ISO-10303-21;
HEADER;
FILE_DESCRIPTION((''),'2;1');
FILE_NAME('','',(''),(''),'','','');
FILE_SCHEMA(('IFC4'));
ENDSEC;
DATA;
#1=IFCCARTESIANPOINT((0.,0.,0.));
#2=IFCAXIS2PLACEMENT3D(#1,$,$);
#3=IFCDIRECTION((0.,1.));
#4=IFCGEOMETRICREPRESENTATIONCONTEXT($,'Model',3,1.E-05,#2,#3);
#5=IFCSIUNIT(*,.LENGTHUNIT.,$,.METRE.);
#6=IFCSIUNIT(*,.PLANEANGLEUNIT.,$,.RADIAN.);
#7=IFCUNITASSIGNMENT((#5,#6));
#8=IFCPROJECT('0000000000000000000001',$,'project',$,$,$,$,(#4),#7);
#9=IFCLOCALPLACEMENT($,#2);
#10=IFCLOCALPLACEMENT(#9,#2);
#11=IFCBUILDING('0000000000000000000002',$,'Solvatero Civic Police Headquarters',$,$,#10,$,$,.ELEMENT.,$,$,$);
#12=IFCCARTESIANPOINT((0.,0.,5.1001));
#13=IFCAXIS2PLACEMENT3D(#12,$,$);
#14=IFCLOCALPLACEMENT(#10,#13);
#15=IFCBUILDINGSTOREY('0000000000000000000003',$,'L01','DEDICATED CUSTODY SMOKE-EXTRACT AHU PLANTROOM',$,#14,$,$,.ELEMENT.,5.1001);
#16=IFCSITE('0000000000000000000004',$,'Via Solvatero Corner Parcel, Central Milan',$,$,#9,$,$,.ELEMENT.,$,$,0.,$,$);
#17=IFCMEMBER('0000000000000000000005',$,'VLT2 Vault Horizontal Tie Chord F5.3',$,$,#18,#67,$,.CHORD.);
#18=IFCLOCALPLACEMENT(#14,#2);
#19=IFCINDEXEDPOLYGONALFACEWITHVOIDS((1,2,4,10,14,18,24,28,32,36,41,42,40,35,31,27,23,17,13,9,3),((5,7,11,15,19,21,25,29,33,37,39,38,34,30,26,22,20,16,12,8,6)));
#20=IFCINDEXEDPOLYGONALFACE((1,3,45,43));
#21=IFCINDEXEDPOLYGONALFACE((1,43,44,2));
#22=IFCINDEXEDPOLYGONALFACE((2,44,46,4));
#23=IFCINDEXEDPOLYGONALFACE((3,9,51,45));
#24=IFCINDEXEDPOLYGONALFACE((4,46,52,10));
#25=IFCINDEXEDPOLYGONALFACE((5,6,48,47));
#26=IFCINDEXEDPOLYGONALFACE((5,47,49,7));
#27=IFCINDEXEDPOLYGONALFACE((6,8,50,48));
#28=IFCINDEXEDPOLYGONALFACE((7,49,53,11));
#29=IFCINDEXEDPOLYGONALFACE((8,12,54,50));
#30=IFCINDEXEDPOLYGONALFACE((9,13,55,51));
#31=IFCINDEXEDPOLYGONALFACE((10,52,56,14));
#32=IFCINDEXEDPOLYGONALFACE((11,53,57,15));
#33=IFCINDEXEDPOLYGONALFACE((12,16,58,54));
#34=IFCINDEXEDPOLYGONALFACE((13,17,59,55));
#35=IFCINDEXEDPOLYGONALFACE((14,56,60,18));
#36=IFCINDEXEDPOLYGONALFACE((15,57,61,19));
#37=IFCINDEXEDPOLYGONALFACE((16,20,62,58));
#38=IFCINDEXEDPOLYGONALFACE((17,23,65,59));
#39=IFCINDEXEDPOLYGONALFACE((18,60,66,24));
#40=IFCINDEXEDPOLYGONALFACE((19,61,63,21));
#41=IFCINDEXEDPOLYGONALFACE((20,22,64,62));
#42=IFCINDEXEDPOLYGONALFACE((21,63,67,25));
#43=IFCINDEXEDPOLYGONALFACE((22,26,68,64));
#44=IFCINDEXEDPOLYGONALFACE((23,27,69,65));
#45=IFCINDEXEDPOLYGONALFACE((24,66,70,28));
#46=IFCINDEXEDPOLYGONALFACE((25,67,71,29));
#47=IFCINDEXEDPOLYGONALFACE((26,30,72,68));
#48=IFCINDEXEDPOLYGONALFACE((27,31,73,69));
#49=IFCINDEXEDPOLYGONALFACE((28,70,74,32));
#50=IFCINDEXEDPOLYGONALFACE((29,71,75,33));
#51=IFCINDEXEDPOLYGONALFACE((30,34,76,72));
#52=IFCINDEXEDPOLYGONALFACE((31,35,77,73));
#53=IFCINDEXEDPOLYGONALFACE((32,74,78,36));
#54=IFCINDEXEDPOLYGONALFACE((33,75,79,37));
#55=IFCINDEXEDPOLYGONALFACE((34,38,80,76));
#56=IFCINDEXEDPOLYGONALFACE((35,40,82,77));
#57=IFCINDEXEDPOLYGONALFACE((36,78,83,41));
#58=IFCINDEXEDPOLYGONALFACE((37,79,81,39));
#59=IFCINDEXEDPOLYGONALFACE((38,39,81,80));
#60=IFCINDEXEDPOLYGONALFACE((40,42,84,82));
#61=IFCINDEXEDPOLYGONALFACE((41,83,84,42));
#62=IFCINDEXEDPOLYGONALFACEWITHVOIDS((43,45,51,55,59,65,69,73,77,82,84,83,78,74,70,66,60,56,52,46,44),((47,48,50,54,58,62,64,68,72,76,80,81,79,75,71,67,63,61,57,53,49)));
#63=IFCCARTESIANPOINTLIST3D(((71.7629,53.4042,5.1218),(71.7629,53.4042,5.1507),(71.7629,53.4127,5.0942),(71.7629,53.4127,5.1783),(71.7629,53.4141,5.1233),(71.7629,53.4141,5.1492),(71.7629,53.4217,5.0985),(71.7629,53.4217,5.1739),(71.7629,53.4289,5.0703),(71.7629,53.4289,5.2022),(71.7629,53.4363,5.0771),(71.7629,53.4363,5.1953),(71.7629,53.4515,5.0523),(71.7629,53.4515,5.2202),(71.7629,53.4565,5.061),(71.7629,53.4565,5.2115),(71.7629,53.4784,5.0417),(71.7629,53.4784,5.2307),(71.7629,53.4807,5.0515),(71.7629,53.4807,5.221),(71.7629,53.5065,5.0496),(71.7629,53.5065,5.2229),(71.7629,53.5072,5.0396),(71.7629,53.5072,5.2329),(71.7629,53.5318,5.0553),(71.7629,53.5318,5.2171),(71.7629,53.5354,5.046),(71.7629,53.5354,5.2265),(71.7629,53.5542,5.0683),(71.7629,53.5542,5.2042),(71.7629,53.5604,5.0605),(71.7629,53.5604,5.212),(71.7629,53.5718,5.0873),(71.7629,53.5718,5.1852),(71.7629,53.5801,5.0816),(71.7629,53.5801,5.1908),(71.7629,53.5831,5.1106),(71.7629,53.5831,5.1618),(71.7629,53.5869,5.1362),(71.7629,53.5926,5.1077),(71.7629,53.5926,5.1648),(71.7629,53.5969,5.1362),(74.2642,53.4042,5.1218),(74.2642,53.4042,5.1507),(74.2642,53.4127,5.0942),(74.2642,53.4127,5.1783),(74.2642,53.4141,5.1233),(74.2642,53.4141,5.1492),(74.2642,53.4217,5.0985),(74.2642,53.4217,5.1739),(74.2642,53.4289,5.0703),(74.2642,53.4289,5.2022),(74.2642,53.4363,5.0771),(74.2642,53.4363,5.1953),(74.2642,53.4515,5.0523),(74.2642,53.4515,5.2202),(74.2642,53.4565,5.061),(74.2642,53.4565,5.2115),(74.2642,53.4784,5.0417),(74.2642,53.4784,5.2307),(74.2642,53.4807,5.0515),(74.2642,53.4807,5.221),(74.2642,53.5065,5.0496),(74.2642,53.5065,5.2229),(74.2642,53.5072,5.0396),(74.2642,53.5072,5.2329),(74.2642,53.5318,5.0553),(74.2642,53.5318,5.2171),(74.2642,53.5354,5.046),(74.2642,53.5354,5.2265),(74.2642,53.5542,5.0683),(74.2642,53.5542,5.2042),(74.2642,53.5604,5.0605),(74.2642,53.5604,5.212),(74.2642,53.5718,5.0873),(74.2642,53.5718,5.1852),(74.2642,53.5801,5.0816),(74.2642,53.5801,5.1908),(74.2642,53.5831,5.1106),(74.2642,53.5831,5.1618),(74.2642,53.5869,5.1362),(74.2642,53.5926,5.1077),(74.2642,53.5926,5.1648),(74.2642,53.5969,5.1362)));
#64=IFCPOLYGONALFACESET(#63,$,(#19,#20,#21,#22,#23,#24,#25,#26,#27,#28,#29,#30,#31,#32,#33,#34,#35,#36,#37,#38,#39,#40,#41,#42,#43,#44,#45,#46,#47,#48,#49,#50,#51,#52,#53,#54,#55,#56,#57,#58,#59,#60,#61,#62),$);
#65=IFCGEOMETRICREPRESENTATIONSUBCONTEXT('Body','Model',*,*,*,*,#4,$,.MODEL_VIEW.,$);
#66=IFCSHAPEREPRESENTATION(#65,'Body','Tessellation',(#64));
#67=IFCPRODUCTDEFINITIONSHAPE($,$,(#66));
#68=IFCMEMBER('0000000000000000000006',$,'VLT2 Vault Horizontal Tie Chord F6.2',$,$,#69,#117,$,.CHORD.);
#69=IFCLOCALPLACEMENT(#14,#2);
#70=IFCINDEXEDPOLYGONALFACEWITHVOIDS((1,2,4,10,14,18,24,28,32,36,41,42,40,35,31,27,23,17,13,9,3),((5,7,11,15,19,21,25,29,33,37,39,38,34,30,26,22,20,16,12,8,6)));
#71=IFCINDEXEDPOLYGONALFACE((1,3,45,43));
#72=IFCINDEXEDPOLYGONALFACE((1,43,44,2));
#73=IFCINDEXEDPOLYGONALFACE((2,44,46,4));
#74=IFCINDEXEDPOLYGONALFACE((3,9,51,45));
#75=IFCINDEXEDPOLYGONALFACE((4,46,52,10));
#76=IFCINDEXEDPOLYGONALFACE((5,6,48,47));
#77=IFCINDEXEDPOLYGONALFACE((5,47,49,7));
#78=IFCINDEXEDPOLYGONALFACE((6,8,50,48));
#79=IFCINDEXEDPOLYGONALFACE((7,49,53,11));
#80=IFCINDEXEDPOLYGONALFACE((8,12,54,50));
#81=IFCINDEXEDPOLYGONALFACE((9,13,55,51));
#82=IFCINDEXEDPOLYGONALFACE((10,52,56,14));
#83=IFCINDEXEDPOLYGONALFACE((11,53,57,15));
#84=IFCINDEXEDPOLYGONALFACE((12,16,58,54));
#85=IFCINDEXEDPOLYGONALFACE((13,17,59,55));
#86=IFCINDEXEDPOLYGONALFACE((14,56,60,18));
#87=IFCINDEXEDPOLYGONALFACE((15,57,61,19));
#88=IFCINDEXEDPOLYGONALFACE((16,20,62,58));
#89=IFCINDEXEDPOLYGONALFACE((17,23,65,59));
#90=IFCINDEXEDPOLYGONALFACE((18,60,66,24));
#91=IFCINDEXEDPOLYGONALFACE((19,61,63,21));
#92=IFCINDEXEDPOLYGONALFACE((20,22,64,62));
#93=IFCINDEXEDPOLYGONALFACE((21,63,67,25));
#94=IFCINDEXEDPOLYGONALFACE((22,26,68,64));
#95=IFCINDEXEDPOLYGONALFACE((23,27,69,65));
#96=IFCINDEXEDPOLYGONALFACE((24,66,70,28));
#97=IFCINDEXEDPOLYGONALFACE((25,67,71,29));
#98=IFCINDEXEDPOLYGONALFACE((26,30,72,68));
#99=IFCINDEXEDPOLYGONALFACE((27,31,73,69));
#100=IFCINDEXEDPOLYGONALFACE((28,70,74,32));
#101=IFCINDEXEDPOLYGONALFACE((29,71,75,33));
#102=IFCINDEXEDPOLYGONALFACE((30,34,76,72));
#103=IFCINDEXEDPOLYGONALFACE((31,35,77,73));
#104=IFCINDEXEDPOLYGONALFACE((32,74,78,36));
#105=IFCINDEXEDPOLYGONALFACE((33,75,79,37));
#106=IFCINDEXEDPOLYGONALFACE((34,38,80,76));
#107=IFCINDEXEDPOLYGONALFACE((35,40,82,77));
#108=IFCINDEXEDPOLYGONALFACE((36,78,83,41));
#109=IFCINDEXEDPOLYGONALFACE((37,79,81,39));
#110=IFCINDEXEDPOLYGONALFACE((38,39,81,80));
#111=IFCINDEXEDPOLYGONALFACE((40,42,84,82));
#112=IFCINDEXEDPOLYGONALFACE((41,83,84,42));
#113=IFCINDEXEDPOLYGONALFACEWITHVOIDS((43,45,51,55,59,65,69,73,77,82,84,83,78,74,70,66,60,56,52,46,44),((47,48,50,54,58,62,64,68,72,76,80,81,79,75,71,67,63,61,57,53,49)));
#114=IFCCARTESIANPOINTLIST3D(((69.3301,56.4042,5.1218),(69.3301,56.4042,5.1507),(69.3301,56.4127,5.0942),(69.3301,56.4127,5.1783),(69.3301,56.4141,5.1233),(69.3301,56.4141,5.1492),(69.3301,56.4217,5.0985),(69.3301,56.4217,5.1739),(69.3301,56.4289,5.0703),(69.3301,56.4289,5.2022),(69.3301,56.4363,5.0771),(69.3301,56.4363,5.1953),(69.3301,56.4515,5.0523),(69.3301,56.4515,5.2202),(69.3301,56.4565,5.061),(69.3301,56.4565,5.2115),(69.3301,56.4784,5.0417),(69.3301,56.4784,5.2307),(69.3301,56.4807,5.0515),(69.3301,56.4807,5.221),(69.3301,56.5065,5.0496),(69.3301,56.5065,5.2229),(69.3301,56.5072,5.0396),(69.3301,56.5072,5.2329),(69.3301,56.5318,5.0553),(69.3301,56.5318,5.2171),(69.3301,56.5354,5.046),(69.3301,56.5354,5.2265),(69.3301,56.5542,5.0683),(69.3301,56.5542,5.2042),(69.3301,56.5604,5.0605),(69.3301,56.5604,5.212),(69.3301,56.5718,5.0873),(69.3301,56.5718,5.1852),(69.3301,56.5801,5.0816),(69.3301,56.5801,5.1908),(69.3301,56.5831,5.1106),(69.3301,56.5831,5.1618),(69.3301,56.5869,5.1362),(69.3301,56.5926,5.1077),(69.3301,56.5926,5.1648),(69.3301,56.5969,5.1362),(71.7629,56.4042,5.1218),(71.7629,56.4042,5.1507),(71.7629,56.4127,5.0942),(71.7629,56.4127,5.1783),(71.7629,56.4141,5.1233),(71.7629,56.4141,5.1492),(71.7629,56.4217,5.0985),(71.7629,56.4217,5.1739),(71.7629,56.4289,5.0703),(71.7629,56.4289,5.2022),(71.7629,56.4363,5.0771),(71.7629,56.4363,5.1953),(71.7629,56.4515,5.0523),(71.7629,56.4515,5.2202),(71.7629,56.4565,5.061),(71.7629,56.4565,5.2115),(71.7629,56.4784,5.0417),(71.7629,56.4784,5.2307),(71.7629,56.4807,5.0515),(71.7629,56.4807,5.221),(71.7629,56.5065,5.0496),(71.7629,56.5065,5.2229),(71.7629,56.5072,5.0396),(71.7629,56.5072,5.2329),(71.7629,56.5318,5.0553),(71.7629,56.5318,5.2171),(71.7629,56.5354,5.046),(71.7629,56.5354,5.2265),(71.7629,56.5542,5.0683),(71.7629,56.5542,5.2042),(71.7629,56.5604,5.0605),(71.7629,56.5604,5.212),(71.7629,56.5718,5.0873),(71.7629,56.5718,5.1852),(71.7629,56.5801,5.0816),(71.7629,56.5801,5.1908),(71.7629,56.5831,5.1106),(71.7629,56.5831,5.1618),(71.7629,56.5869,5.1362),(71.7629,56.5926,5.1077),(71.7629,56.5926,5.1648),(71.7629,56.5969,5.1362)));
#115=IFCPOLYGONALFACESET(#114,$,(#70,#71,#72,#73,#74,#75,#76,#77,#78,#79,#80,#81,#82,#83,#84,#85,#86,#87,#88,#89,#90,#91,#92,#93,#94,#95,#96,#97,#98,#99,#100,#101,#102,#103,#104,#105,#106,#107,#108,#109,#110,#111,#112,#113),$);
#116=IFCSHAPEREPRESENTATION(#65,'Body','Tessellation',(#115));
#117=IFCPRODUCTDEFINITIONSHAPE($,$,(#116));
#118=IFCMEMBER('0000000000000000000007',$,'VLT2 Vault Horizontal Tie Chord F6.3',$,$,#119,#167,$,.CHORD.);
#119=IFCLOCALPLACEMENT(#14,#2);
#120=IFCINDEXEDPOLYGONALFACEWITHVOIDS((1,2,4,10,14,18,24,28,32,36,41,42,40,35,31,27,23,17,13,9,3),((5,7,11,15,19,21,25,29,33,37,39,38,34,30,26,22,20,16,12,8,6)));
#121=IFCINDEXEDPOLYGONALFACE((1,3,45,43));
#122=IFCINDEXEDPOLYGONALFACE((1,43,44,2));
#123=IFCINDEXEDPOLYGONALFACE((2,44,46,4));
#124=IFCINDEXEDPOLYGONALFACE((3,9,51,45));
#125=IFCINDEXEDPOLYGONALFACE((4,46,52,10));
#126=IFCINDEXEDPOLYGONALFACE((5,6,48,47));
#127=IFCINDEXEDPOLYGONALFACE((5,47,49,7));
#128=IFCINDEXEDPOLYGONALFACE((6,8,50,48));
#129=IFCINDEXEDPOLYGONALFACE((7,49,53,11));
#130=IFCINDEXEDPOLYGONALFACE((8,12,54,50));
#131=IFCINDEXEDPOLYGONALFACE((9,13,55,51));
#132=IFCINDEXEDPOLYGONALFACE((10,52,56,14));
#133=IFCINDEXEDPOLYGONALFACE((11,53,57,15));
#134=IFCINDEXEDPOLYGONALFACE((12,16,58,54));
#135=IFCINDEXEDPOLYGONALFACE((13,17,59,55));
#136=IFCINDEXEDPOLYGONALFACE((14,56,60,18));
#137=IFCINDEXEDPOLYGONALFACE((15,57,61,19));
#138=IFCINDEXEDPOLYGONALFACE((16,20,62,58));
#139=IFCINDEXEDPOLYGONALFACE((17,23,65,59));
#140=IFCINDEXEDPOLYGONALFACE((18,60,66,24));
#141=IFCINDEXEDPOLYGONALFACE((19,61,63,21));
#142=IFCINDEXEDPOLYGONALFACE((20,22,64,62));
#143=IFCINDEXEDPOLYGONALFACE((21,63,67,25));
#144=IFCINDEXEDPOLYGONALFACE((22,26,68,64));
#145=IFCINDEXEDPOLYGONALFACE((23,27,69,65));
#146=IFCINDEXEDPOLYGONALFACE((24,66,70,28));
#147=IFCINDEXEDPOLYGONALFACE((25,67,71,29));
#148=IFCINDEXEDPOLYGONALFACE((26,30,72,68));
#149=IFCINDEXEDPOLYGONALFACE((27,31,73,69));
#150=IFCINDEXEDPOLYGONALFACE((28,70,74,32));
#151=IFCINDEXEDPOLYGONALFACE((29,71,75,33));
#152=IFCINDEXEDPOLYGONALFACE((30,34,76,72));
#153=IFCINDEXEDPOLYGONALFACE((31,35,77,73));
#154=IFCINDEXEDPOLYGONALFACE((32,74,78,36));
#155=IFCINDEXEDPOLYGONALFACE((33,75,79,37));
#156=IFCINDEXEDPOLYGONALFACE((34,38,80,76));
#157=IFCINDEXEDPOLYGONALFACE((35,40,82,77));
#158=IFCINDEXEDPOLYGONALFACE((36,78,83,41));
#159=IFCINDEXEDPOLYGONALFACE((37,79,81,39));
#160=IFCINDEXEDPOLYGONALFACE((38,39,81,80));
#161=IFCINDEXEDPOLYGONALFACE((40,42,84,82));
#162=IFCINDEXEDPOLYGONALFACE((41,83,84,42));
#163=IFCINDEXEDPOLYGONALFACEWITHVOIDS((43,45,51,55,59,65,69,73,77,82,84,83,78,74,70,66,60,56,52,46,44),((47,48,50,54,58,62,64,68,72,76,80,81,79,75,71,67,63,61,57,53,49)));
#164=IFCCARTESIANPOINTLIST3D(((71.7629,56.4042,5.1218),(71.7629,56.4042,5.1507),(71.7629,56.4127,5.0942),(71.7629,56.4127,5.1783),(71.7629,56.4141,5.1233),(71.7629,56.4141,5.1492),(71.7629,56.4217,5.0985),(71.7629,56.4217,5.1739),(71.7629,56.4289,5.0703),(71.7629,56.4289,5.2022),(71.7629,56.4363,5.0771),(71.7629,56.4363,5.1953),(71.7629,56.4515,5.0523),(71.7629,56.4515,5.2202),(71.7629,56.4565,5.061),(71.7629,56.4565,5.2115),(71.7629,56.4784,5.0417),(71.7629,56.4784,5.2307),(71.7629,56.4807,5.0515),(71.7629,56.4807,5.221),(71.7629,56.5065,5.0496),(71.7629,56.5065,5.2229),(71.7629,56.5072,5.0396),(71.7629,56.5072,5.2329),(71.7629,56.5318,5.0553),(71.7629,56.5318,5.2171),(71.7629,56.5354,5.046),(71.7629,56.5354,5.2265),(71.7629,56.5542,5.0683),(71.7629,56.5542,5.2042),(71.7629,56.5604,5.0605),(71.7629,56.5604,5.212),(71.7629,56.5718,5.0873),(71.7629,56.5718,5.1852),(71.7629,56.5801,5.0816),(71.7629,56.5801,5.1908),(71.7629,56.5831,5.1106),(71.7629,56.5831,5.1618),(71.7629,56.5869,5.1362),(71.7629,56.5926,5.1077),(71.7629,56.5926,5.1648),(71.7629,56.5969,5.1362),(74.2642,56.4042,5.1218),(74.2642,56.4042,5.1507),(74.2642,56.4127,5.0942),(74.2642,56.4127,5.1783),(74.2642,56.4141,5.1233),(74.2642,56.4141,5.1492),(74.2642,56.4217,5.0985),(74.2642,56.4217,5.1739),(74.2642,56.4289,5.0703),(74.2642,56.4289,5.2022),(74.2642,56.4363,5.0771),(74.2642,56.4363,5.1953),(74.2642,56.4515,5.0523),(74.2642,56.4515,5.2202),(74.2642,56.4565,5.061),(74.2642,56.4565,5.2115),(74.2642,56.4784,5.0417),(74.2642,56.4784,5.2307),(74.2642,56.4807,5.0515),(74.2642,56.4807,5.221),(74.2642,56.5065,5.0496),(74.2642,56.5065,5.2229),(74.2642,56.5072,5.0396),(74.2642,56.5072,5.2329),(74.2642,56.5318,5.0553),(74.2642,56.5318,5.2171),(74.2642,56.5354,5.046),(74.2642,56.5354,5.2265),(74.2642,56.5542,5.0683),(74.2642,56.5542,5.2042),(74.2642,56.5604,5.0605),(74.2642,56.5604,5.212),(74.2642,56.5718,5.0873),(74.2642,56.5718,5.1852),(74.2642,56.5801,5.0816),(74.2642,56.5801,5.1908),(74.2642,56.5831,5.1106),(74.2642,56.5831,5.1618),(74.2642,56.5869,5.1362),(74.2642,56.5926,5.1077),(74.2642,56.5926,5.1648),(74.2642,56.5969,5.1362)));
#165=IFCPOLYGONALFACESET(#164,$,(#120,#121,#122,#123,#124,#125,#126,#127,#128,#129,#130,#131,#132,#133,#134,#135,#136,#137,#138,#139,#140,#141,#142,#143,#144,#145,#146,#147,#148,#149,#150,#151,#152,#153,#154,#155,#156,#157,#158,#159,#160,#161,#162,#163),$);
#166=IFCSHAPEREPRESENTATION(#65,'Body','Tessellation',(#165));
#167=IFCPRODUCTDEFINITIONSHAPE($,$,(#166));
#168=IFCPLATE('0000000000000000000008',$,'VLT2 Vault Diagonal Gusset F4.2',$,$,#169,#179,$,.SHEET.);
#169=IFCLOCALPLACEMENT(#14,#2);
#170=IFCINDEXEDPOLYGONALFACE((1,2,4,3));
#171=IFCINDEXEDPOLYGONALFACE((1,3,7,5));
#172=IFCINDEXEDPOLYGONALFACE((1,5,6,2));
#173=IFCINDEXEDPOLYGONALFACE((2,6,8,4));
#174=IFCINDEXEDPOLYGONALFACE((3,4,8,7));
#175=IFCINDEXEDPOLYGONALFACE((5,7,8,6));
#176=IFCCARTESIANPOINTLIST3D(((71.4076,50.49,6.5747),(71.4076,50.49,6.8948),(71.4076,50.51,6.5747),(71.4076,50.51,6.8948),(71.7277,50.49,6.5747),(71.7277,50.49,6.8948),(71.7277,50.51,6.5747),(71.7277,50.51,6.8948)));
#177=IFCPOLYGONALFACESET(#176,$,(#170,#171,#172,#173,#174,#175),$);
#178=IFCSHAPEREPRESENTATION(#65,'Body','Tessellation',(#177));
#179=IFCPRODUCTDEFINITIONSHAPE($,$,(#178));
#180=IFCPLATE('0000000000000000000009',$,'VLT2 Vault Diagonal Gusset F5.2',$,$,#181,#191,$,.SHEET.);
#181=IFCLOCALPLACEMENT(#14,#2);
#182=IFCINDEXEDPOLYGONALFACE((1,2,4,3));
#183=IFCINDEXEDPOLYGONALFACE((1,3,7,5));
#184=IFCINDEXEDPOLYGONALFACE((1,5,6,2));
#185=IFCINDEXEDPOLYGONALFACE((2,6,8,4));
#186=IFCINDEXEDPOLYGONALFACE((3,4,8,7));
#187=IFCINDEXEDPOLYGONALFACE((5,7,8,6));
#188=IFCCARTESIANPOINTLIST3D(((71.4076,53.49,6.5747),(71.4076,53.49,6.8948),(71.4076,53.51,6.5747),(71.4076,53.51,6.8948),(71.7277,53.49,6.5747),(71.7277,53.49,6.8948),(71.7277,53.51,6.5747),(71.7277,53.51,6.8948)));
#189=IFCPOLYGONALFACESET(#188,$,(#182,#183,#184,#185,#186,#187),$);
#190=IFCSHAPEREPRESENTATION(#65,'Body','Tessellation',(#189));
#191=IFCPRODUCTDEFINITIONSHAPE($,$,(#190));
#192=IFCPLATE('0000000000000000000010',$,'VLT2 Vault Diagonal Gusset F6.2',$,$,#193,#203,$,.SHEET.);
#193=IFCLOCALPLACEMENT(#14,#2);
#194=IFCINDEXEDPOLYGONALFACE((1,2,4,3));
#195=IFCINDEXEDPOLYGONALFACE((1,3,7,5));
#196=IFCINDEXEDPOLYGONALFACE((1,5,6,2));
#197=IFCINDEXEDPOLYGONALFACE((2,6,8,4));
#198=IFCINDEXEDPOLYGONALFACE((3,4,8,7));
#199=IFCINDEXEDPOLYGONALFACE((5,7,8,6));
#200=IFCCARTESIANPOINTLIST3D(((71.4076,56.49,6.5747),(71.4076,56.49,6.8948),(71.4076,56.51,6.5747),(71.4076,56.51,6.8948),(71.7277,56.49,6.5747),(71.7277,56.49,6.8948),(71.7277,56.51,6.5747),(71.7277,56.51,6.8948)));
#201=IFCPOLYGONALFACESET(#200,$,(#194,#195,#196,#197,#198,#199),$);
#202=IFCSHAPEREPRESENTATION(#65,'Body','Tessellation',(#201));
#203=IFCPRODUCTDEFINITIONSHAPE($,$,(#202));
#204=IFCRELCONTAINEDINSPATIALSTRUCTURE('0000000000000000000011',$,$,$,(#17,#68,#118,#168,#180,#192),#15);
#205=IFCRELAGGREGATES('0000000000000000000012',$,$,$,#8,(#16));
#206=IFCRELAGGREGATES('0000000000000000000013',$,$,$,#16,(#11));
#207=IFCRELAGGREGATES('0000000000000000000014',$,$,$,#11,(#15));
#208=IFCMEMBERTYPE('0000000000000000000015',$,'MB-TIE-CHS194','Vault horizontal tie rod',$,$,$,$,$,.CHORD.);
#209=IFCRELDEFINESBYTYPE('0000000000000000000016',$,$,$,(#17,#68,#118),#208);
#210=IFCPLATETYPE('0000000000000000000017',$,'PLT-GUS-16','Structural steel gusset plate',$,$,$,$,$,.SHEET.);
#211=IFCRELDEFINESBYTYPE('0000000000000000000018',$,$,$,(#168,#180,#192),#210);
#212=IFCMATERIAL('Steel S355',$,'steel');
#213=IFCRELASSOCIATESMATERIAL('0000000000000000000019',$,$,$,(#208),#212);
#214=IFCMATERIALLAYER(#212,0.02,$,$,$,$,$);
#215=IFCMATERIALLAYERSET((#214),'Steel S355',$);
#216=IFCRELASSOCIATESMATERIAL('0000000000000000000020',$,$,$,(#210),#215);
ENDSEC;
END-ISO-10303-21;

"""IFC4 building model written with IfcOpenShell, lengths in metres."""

from ifc_helpers import new_model, si_unit, direction, frame, origin, origin_2d, place, context, subcontext, project, spatial, rectangle, hollow_circle, extrude, material, layer, layer_set, material_profile, profile_set, type_object, element, save


model = new_model("IFC4")

# Units and contexts
model_context = context("Model", 3, precision=1e-05, world=origin(), true_north=direction((0.0, 1.0)))
body_context = subcontext(model_context, "Body", "Model", "MODEL_VIEW")
ifc_project = project(units=[si_unit("LENGTHUNIT", "METRE"), si_unit("PLANEANGLEUNIT", "RADIAN")], contexts=[model_context])

# Site, building, storey
site_placement = place(None, origin())
site = spatial("IfcSite", under=ifc_project, at=site_placement, Name="Via Solvatero Corner Parcel, Central Milan", CompositionType="ELEMENT", RefElevation=0.0)
building_placement = place(site_placement, origin())
building = spatial("IfcBuilding", under=site, at=building_placement, Name="Solvatero Civic Police Headquarters", CompositionType="ELEMENT")
storey_placement = place(building_placement, frame((0.0, 0.0, 5.1001)))
storey = spatial("IfcBuildingStorey", under=building, at=storey_placement, Name="L01", Description="DEDICATED CUSTODY SMOKE-EXTRACT AHU PLANTROOM", CompositionType="ELEMENT", Elevation=5.1001)

# Shared definitions
ifc_material = material(Name="Steel S355", Category="steel")

# Members
ifc_material_profile_1 = material_profile(ifc_material, hollow_circle(Radius=0.0969, WallThickness=0.01, at=origin_2d()), Name="CHS 193.7x10.0")
ifc_profile_set_1 = profile_set([ifc_material_profile_1], Name="Steel S355")
member_type_1 = type_object("IfcMemberType", Name="MB-TIE-CHS194", Description="Vault horizontal tie rod", PredefinedType="CHORD", material=ifc_profile_set_1)
member_1_placement = place(storey_placement, frame((71.7629, 53.5, 5.1362), z_axis=(1.0, 0.0, 0.0), x_axis=(0.0, 1.0, 0.0)))
element("IfcMember", 1, at=member_1_placement, inside=storey, type_object=member_type_1, Name="VLT2 Vault Horizontal Tie Chord F5.3", PredefinedType="CHORD", context=body_context, shape_type="SweptSolid", body=[
    extrude(hollow_circle(Radius=0.0969, WallThickness=0.01, at=origin_2d()), origin(), (0.0, 0.0, 1.0), 2.5012),
])
member_2_placement = place(storey_placement, frame((69.3301, 56.5, 5.1362), z_axis=(1.0, 0.0, 0.0), x_axis=(0.0, 1.0, 0.0)))
element("IfcMember", 2, at=member_2_placement, inside=storey, type_object=member_type_1, Name="VLT2 Vault Horizontal Tie Chord F6.2", PredefinedType="CHORD", context=body_context, shape_type="SweptSolid", body=[
    extrude(hollow_circle(Radius=0.0969, WallThickness=0.01, at=origin_2d()), origin(), (0.0, 0.0, 1.0), 2.4329),
])
member_3_placement = place(storey_placement, frame((71.7629, 56.5, 5.1362), z_axis=(1.0, 0.0, 0.0), x_axis=(0.0, 1.0, 0.0)))
element("IfcMember", 3, at=member_3_placement, inside=storey, type_object=member_type_1, Name="VLT2 Vault Horizontal Tie Chord F6.3", PredefinedType="CHORD", context=body_context, shape_type="SweptSolid", body=[
    extrude(hollow_circle(Radius=0.0969, WallThickness=0.01, at=origin_2d()), origin(), (0.0, 0.0, 1.0), 2.5012),
])

# Plates
ifc_layer = layer(ifc_material, 0.02)
ifc_layer_set = layer_set([ifc_layer], Name="Steel S355")
plate_type = type_object("IfcPlateType", Name="PLT-GUS-16", Description="Structural steel gusset plate", PredefinedType="SHEET", material=ifc_layer_set)
for number, where, z_axis, x_axis, name in (
    (4, (71.5676, 50.5, 6.5747), (0.0, 0.0, 1.0), (1.0, 0.0, 0.0), "VLT2 Vault Diagonal Gusset F4.2"),
    (5, (71.5676, 53.5, 6.5747), (0.0, 0.0, 1.0), (1.0, 0.0, 0.0), "VLT2 Vault Diagonal Gusset F5.2"),
    (6, (71.5676, 56.5, 6.5747), (0.0, 0.0, 1.0), (1.0, 0.0, 0.0), "VLT2 Vault Diagonal Gusset F6.2"),
):
    element("IfcPlate", number, at=place(storey_placement, frame(where, z_axis=z_axis, x_axis=x_axis)), inside=storey, type_object=plate_type, Name=name, PredefinedType="SHEET", context=body_context, shape_type="SweptSolid", body=[
        extrude(rectangle(XDim=0.3201, YDim=0.02, at=origin_2d()), origin(), (0.0, 0.0, 1.0), 0.3201),
    ])

save(model, "model.ifc")
